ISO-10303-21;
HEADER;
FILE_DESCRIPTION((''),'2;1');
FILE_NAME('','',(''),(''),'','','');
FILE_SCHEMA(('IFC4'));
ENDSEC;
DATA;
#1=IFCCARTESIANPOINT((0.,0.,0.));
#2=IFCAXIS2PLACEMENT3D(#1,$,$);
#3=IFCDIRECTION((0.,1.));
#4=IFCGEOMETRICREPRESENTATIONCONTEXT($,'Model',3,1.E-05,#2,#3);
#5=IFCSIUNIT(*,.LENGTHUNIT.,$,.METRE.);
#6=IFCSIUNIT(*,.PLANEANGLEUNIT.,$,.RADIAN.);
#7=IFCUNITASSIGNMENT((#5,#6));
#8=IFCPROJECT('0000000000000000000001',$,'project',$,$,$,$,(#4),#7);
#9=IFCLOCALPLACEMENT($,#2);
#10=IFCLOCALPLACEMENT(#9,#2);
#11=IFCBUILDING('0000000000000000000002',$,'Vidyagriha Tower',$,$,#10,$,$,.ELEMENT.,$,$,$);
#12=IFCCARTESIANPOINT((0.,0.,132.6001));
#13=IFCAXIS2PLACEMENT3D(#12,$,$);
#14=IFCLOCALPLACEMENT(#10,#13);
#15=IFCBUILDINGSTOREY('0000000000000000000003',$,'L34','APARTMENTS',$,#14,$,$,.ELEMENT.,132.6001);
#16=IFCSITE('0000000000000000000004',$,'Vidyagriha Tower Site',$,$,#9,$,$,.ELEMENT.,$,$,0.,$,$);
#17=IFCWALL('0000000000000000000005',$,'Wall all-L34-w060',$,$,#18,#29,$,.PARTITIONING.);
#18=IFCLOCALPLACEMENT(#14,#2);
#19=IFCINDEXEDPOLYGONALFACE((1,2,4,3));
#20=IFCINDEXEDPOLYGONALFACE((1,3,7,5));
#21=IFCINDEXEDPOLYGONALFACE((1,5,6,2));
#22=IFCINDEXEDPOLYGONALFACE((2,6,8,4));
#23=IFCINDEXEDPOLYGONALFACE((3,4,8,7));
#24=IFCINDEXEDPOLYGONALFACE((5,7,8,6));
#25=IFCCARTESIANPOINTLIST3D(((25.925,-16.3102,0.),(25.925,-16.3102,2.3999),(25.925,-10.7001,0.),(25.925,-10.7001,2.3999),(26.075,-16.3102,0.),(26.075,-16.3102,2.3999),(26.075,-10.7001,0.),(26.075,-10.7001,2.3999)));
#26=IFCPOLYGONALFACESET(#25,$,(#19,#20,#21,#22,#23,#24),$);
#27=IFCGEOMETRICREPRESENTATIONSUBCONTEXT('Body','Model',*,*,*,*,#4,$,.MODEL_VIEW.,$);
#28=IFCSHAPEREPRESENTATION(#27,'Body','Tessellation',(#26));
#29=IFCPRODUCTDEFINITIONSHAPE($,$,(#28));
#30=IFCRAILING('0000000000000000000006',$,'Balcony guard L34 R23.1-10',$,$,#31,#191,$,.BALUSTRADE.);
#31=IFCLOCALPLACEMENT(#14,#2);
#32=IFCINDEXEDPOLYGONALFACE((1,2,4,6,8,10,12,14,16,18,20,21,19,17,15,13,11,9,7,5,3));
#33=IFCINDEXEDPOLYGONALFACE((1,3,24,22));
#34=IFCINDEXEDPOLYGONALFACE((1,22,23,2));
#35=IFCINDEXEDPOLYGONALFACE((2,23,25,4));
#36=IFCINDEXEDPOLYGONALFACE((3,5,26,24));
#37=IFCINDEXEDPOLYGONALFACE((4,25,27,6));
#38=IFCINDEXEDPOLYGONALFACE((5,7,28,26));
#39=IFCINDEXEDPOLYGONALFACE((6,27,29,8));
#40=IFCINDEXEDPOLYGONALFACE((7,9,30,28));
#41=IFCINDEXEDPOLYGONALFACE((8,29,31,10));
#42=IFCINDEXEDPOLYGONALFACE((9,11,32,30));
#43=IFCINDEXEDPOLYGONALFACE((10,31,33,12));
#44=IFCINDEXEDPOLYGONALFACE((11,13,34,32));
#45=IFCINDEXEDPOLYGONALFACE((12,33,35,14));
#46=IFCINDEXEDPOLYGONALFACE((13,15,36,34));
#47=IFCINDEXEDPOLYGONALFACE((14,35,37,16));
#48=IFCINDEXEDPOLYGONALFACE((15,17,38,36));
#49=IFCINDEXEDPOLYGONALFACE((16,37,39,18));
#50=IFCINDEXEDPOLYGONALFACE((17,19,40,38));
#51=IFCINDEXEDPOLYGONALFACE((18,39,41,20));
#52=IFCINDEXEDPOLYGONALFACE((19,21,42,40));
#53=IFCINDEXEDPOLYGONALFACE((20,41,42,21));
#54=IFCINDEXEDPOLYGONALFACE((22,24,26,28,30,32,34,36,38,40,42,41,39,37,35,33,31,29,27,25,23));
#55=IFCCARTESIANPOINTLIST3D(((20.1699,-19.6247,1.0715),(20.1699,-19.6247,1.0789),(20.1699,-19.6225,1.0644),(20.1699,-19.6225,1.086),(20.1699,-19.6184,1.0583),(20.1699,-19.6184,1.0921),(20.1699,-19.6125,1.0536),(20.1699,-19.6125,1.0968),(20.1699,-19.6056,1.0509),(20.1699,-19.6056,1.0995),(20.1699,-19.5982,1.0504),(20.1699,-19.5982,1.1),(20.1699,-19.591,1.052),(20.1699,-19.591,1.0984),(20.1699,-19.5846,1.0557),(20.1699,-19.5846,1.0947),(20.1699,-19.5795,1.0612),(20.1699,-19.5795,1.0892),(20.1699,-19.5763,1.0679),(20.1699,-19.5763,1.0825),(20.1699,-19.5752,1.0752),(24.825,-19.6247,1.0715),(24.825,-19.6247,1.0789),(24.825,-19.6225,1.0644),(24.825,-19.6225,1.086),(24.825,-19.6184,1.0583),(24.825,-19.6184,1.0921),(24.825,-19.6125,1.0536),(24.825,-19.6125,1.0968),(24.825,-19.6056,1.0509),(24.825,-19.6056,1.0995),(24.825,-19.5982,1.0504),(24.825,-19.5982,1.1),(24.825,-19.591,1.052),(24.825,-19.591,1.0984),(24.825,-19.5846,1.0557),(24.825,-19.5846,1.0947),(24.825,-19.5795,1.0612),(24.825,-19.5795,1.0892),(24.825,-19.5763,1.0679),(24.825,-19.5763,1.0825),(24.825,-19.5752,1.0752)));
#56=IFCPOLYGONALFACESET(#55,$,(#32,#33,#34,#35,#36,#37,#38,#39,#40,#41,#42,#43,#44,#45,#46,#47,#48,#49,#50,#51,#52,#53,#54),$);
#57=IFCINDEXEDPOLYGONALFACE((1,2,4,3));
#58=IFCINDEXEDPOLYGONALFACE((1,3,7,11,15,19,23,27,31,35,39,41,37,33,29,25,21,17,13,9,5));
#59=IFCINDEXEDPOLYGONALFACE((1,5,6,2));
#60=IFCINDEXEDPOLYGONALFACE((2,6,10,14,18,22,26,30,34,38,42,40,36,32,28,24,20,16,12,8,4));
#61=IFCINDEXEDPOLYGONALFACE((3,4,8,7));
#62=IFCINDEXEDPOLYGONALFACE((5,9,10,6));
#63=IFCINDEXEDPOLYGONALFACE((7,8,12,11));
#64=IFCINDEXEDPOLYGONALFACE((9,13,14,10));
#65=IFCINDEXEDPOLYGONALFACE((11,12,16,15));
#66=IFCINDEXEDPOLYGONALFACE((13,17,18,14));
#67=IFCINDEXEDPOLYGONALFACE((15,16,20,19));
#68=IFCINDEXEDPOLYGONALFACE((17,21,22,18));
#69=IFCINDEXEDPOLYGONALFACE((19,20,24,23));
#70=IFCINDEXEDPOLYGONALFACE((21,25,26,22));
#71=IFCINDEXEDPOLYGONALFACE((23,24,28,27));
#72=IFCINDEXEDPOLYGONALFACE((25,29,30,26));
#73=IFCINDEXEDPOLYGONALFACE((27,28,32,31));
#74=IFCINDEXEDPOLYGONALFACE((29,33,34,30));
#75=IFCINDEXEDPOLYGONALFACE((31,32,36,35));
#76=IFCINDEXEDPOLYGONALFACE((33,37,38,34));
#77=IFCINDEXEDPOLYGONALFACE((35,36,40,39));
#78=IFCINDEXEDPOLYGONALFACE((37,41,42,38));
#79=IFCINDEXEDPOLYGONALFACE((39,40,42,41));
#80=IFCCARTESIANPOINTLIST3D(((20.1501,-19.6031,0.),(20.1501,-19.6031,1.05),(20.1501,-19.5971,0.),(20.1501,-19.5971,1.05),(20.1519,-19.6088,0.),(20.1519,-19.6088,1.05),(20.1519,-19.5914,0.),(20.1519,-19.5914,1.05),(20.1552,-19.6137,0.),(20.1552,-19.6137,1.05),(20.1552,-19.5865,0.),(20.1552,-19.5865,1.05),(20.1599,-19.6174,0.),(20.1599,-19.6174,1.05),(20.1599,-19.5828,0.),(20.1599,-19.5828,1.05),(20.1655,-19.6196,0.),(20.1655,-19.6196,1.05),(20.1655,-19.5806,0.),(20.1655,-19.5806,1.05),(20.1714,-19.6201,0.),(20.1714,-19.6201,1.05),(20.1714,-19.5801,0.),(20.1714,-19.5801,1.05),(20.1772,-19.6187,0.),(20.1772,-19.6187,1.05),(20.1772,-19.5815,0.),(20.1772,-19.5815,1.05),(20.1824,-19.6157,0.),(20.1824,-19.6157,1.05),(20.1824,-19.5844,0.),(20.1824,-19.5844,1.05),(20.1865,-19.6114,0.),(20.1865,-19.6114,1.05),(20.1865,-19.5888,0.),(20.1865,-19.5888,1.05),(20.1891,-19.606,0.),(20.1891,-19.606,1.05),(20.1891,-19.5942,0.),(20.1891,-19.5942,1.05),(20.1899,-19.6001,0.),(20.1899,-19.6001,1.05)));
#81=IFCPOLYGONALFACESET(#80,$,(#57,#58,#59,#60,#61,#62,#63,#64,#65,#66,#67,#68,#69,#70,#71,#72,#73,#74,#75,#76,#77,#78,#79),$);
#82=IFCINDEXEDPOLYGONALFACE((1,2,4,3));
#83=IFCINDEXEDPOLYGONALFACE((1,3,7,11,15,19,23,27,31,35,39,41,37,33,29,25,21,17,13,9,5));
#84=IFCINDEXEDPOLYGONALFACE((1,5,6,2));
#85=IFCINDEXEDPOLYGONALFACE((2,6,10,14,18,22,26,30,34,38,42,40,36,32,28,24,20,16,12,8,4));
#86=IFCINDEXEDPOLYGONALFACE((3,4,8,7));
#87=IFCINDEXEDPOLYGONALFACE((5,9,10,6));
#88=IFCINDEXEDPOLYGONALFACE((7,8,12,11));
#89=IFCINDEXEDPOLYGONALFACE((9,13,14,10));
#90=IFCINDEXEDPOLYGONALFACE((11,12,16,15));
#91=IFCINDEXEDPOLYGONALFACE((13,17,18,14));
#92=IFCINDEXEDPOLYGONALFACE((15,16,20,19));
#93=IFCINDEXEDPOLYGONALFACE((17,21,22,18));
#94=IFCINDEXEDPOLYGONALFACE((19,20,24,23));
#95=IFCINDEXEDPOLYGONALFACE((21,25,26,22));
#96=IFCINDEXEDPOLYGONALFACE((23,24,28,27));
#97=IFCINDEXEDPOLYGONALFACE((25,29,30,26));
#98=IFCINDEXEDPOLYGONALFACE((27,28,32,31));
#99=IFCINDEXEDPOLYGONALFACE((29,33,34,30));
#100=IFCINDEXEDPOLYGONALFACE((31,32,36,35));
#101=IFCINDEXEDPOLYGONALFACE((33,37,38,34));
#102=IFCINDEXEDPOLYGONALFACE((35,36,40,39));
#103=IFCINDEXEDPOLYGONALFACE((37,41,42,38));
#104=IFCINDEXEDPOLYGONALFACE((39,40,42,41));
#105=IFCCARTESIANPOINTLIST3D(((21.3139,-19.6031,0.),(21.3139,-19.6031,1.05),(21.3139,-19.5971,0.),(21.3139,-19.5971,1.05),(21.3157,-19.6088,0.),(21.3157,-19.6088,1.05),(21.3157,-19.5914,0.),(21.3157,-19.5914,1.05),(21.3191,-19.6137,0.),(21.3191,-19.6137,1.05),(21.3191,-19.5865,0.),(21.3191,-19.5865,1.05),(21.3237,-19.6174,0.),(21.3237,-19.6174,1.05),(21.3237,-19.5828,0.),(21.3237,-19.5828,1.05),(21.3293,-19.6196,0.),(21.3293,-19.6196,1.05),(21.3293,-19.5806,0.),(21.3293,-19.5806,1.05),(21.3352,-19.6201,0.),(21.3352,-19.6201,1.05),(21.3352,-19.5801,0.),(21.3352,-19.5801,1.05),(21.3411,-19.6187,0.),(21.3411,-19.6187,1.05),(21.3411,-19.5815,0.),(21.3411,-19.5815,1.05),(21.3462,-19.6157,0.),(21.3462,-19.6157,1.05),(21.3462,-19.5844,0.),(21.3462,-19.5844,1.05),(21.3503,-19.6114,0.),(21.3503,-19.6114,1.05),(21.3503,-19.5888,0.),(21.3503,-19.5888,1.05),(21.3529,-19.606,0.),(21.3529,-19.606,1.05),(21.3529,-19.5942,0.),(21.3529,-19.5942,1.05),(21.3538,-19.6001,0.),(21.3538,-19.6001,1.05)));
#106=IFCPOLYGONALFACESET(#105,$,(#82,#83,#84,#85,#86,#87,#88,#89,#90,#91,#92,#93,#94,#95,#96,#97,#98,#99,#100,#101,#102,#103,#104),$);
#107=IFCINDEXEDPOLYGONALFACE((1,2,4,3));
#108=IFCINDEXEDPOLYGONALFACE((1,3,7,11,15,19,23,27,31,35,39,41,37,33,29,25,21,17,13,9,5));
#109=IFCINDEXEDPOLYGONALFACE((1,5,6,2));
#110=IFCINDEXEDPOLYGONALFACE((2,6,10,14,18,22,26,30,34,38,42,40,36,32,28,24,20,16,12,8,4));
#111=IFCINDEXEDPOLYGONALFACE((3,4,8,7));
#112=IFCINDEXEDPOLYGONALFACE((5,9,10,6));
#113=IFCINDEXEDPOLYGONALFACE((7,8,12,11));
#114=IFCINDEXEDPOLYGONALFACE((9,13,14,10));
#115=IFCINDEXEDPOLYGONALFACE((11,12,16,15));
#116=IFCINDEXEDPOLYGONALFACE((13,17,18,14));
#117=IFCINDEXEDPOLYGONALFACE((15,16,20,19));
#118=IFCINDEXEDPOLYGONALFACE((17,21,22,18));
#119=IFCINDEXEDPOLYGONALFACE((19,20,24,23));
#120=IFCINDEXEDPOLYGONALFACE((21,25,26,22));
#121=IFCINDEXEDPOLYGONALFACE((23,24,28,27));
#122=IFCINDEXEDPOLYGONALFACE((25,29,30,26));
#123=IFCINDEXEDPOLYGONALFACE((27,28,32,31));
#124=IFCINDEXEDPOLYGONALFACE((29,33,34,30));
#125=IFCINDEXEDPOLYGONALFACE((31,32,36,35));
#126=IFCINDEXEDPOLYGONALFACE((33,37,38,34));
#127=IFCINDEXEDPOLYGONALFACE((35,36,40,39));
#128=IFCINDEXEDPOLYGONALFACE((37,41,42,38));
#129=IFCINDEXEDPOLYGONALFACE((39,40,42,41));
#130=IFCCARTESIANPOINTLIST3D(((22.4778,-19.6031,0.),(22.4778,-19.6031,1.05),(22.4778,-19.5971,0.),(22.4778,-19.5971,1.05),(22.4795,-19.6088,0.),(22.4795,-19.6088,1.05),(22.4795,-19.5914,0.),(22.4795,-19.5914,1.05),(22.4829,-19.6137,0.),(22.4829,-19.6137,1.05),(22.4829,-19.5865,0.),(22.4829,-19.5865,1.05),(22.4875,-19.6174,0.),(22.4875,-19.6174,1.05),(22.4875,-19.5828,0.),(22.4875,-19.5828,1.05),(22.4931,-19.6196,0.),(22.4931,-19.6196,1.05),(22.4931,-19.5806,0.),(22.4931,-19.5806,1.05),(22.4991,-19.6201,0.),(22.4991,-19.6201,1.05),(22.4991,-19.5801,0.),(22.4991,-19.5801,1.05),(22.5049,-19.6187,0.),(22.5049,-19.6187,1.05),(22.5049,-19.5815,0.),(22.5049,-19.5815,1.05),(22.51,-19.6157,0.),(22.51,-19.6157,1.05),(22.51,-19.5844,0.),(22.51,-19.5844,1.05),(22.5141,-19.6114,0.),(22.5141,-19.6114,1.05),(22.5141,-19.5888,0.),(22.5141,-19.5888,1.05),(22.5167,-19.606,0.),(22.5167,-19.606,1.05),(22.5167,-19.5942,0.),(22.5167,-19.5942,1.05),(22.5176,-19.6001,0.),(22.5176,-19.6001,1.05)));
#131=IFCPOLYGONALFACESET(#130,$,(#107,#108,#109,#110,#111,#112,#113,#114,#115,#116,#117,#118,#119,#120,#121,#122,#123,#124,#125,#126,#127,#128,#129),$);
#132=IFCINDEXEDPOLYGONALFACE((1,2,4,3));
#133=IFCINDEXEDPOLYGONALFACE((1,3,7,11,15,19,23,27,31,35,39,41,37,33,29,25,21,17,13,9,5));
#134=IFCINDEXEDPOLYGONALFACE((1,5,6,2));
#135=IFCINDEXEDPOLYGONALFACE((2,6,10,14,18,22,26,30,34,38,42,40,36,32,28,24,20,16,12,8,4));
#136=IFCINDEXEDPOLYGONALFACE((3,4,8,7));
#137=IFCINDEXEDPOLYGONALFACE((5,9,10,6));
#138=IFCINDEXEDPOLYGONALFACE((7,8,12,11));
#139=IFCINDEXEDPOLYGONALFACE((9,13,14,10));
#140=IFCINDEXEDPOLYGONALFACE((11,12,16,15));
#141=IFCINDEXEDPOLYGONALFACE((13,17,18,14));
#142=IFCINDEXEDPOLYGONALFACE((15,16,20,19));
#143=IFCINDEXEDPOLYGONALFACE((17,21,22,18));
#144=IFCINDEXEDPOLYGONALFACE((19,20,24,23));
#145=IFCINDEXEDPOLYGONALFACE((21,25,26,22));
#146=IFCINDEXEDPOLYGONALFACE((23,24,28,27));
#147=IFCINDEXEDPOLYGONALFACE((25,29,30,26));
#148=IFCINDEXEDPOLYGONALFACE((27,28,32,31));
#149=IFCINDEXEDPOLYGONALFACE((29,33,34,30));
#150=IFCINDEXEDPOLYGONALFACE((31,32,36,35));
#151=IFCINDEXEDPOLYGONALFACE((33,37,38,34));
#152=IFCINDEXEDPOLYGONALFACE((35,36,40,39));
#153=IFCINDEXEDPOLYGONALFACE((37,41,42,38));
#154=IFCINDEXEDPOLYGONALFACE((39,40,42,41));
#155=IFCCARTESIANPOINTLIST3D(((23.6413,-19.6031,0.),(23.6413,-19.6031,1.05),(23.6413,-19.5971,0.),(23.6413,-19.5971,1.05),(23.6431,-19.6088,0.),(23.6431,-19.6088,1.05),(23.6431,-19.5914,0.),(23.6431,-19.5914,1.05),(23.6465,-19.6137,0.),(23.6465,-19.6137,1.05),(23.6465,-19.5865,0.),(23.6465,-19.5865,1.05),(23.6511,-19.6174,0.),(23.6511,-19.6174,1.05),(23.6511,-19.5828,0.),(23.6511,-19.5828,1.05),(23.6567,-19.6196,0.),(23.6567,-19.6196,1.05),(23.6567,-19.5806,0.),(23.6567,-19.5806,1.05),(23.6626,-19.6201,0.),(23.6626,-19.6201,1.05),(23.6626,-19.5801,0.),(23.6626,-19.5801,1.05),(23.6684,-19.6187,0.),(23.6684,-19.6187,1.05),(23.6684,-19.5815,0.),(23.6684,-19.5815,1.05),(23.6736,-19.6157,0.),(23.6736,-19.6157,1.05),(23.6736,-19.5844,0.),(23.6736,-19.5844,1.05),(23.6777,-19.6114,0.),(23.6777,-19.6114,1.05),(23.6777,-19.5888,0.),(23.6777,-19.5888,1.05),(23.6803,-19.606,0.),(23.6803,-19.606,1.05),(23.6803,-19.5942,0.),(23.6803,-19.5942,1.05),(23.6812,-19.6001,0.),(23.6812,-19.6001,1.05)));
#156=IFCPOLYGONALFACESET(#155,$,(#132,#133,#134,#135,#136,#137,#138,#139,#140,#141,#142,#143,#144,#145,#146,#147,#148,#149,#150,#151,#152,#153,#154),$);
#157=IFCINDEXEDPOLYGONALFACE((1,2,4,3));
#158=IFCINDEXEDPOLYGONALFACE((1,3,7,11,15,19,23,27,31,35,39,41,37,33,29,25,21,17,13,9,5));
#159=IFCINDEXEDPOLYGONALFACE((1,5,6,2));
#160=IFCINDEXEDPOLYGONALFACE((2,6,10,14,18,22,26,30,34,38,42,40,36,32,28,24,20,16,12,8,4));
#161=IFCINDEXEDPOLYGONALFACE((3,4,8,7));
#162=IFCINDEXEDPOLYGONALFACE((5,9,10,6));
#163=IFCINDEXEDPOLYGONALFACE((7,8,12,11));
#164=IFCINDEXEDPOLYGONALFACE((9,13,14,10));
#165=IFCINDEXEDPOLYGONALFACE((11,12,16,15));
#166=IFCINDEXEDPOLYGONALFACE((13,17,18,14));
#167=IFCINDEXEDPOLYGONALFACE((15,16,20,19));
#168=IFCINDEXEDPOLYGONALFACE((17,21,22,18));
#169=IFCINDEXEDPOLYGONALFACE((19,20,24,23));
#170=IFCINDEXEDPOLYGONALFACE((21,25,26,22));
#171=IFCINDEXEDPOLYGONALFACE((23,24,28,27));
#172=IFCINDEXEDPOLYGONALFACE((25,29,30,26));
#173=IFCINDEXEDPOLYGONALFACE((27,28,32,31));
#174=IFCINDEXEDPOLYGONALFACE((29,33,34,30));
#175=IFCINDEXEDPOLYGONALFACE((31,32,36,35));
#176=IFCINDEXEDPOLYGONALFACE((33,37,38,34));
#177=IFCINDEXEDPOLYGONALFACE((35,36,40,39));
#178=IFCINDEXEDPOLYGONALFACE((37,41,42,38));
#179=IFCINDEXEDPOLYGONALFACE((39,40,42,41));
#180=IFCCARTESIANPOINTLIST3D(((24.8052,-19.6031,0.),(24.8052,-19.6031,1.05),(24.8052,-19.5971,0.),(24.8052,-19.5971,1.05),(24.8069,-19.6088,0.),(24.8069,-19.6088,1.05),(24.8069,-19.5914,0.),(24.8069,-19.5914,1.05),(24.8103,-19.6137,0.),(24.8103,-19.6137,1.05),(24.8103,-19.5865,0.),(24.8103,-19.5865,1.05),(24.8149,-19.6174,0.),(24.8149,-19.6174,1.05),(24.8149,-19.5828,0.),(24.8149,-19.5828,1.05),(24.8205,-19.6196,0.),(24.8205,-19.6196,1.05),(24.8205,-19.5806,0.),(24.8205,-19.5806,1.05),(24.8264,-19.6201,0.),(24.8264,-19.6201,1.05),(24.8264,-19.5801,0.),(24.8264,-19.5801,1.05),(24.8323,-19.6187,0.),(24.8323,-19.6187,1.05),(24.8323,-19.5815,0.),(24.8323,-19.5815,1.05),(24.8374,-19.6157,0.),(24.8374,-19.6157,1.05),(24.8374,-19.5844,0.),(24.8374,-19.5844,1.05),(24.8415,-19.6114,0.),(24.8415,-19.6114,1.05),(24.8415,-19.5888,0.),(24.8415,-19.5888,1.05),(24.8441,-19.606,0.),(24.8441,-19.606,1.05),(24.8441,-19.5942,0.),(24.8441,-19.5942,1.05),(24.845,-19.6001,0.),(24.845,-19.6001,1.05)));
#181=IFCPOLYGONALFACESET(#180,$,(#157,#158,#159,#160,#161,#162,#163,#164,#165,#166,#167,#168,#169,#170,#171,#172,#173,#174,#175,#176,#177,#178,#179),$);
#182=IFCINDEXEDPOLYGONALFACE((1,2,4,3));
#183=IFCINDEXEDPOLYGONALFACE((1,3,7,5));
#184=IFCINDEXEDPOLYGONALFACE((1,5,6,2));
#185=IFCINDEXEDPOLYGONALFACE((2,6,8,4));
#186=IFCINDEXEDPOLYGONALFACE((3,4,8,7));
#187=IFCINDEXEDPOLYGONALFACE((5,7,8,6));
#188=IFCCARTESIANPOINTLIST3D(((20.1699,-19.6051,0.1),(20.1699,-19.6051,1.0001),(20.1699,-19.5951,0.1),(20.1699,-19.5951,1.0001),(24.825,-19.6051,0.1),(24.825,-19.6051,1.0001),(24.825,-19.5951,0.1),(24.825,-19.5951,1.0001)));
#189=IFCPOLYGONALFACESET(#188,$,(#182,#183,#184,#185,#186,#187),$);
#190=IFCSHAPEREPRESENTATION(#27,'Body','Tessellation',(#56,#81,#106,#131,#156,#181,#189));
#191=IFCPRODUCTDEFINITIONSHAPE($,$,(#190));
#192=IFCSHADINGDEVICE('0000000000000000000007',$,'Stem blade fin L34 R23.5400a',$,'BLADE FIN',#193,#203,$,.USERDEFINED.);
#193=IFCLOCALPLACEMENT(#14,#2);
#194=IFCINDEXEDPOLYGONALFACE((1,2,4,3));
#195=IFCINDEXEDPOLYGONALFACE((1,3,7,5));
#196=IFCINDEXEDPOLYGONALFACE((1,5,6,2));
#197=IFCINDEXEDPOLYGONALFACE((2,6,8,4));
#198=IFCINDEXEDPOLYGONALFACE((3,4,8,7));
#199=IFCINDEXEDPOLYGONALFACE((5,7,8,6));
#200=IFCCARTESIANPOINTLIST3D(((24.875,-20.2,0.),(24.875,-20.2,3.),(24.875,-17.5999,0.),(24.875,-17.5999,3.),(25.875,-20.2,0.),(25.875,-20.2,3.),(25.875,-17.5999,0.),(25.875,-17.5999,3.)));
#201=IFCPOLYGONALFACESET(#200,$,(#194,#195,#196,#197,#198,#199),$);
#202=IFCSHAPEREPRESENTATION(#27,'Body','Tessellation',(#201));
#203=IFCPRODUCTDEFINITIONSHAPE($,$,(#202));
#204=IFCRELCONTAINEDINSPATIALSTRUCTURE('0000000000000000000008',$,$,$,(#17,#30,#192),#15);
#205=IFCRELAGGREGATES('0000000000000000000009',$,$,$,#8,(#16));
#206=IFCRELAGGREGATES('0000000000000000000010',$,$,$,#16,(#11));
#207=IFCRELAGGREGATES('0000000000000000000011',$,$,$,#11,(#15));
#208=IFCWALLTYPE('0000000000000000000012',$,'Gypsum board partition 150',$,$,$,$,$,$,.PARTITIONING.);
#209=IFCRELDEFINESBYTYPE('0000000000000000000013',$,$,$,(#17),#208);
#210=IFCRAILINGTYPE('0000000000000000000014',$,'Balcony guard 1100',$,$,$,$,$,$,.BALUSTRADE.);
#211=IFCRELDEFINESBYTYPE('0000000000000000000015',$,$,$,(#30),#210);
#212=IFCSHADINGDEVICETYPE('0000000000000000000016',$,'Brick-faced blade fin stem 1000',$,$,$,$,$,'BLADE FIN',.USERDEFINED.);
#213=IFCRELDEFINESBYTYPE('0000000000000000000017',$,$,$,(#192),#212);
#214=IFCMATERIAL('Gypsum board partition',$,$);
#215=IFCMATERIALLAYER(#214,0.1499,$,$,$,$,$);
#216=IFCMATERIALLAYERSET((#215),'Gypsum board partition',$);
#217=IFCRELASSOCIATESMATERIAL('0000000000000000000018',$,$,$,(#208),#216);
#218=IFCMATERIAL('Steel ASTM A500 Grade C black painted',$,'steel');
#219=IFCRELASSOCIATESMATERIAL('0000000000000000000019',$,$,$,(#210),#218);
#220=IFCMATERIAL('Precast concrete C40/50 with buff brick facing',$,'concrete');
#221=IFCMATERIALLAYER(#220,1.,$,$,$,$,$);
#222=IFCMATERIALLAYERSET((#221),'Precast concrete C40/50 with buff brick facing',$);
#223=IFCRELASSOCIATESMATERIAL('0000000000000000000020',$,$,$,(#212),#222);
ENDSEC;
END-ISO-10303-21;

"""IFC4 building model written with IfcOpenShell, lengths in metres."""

from ifc_helpers import new_model, si_unit, direction, frame, frame_2d, origin, origin_2d, place, context, subcontext, project, spatial, polyline, rectangle, circle, outline, extrude, material, layer, layer_set, type_object, element, save


model = new_model("IFC4")

# Units and contexts
model_context = context("Model", 3, precision=1e-05, world=origin(), true_north=direction((0.0, 1.0)))
body_context = subcontext(model_context, "Body", "Model", "MODEL_VIEW")
ifc_project = project(units=[si_unit("LENGTHUNIT", "METRE"), si_unit("PLANEANGLEUNIT", "RADIAN")], contexts=[model_context])

# Site, building, storey
site_placement = place(None, origin())
site = spatial("IfcSite", under=ifc_project, at=site_placement, Name="Vidyagriha Tower Site", CompositionType="ELEMENT", RefElevation=0.0)
building_placement = place(site_placement, origin())
building = spatial("IfcBuilding", under=site, at=building_placement, Name="Vidyagriha Tower", CompositionType="ELEMENT")
storey_placement = place(building_placement, frame((0.0, 0.0, 132.6001)))
storey = spatial("IfcBuildingStorey", under=building, at=storey_placement, Name="L34", Description="APARTMENTS", CompositionType="ELEMENT", Elevation=132.6001)

# Wall
ifc_material_1 = material(Name="Gypsum board partition")
ifc_layer_1 = layer(ifc_material_1, 0.1499)
ifc_layer_set_1 = layer_set([ifc_layer_1], Name="Gypsum board partition")
wall_type_1 = type_object("IfcWallType", Name="Gypsum board partition 150", PredefinedType="PARTITIONING", material=ifc_layer_set_1)
wall_1_placement = place(storey_placement, frame((26.0, -10.7, 0.0), z_axis=(0.0, 0.0, 1.0), x_axis=(0.0, -1.0, 0.0)))
element("IfcWall", 1, at=wall_1_placement, inside=storey, type_object=wall_type_1, Name="Wall all-L34-w060", PredefinedType="PARTITIONING", context=body_context, shape_type="SweptSolid", body=[
    extrude(rectangle(XDim=5.6101, YDim=0.1499, at=frame_2d((2.8052, 0.0))), origin(), (0.0, 0.0, 1.0), 2.3999),
])

# Railing
ifc_material_2 = material(Name="Steel ASTM A500 Grade C black painted", Category="steel")
railing_type = type_object("IfcRailingType", Name="Balcony guard 1100", PredefinedType="BALUSTRADE", material=ifc_material_2)
railing_placement = place(storey_placement, frame((20.1699, -19.6001, 0.0)))
element("IfcRailing", 2, at=railing_placement, inside=storey, type_object=railing_type, Name="Balcony guard L34 R23.1-10", PredefinedType="BALUSTRADE", context=body_context, shape_type="SweptSolid", body=[
    extrude(circle(Radius=0.0249, at=origin_2d()), frame((0.0, 0.0, 1.0752), z_axis=(1.0, 0.0, 0.0), x_axis=(0.0, 1.0, 0.0)), (0.0, 0.0, 1.0), 4.655),
    extrude(circle(Radius=0.02, at=origin_2d()), origin(), (0.0, 0.0, 1.0), 1.05),
    extrude(circle(Radius=0.02, at=origin_2d()), frame((1.1638, 0.0, 0.0)), (0.0, 0.0, 1.0), 1.05),
    extrude(circle(Radius=0.02, at=origin_2d()), frame((2.3276, 0.0, 0.0)), (0.0, 0.0, 1.0), 1.05),
    extrude(circle(Radius=0.02, at=origin_2d()), frame((3.4912, 0.0, 0.0)), (0.0, 0.0, 1.0), 1.05),
    extrude(circle(Radius=0.02, at=origin_2d()), frame((4.655, 0.0, 0.0)), (0.0, 0.0, 1.0), 1.05),
    extrude(rectangle(XDim=0.01, YDim=0.9001, at=origin_2d()), frame((0.0, 0.0, 0.55), z_axis=(1.0, 0.0, 0.0), x_axis=(0.0, 1.0, 0.0)), (0.0, 0.0, 1.0), 4.655),
])

# Shading device
ifc_material_3 = material(Name="Precast concrete C40/50 with buff brick facing", Category="concrete")
ifc_layer_2 = layer(ifc_material_3, 1.0)
ifc_layer_set_2 = layer_set([ifc_layer_2], Name="Precast concrete C40/50 with buff brick facing")
shading_device_type = type_object("IfcShadingDeviceType", Name="Brick-faced blade fin stem 1000", ElementType="BLADE FIN", PredefinedType="USERDEFINED", material=ifc_layer_set_2)
shading_device_placement = place(storey_placement, frame((24.875, -18.8999, 0.0)))
element("IfcShadingDevice", 3, at=shading_device_placement, inside=storey, type_object=shading_device_type, Name="Stem blade fin L34 R23.5400a", ObjectType="BLADE FIN", PredefinedType="USERDEFINED", context=body_context, shape_type="SweptSolid", body=[
    extrude(outline(polyline([(0.0, 0.0), (1.0, 0.0), (1.0, 3.0), (0.0, 3.0), (0.0, 0.0)])), frame((0.0, 1.3, 0.0), z_axis=(0.0, -1.0, 0.0), x_axis=(1.0, 0.0, 0.0)), (0.0, 0.0, 1.0), 2.6001),
])

save(model, "model.ifc")
